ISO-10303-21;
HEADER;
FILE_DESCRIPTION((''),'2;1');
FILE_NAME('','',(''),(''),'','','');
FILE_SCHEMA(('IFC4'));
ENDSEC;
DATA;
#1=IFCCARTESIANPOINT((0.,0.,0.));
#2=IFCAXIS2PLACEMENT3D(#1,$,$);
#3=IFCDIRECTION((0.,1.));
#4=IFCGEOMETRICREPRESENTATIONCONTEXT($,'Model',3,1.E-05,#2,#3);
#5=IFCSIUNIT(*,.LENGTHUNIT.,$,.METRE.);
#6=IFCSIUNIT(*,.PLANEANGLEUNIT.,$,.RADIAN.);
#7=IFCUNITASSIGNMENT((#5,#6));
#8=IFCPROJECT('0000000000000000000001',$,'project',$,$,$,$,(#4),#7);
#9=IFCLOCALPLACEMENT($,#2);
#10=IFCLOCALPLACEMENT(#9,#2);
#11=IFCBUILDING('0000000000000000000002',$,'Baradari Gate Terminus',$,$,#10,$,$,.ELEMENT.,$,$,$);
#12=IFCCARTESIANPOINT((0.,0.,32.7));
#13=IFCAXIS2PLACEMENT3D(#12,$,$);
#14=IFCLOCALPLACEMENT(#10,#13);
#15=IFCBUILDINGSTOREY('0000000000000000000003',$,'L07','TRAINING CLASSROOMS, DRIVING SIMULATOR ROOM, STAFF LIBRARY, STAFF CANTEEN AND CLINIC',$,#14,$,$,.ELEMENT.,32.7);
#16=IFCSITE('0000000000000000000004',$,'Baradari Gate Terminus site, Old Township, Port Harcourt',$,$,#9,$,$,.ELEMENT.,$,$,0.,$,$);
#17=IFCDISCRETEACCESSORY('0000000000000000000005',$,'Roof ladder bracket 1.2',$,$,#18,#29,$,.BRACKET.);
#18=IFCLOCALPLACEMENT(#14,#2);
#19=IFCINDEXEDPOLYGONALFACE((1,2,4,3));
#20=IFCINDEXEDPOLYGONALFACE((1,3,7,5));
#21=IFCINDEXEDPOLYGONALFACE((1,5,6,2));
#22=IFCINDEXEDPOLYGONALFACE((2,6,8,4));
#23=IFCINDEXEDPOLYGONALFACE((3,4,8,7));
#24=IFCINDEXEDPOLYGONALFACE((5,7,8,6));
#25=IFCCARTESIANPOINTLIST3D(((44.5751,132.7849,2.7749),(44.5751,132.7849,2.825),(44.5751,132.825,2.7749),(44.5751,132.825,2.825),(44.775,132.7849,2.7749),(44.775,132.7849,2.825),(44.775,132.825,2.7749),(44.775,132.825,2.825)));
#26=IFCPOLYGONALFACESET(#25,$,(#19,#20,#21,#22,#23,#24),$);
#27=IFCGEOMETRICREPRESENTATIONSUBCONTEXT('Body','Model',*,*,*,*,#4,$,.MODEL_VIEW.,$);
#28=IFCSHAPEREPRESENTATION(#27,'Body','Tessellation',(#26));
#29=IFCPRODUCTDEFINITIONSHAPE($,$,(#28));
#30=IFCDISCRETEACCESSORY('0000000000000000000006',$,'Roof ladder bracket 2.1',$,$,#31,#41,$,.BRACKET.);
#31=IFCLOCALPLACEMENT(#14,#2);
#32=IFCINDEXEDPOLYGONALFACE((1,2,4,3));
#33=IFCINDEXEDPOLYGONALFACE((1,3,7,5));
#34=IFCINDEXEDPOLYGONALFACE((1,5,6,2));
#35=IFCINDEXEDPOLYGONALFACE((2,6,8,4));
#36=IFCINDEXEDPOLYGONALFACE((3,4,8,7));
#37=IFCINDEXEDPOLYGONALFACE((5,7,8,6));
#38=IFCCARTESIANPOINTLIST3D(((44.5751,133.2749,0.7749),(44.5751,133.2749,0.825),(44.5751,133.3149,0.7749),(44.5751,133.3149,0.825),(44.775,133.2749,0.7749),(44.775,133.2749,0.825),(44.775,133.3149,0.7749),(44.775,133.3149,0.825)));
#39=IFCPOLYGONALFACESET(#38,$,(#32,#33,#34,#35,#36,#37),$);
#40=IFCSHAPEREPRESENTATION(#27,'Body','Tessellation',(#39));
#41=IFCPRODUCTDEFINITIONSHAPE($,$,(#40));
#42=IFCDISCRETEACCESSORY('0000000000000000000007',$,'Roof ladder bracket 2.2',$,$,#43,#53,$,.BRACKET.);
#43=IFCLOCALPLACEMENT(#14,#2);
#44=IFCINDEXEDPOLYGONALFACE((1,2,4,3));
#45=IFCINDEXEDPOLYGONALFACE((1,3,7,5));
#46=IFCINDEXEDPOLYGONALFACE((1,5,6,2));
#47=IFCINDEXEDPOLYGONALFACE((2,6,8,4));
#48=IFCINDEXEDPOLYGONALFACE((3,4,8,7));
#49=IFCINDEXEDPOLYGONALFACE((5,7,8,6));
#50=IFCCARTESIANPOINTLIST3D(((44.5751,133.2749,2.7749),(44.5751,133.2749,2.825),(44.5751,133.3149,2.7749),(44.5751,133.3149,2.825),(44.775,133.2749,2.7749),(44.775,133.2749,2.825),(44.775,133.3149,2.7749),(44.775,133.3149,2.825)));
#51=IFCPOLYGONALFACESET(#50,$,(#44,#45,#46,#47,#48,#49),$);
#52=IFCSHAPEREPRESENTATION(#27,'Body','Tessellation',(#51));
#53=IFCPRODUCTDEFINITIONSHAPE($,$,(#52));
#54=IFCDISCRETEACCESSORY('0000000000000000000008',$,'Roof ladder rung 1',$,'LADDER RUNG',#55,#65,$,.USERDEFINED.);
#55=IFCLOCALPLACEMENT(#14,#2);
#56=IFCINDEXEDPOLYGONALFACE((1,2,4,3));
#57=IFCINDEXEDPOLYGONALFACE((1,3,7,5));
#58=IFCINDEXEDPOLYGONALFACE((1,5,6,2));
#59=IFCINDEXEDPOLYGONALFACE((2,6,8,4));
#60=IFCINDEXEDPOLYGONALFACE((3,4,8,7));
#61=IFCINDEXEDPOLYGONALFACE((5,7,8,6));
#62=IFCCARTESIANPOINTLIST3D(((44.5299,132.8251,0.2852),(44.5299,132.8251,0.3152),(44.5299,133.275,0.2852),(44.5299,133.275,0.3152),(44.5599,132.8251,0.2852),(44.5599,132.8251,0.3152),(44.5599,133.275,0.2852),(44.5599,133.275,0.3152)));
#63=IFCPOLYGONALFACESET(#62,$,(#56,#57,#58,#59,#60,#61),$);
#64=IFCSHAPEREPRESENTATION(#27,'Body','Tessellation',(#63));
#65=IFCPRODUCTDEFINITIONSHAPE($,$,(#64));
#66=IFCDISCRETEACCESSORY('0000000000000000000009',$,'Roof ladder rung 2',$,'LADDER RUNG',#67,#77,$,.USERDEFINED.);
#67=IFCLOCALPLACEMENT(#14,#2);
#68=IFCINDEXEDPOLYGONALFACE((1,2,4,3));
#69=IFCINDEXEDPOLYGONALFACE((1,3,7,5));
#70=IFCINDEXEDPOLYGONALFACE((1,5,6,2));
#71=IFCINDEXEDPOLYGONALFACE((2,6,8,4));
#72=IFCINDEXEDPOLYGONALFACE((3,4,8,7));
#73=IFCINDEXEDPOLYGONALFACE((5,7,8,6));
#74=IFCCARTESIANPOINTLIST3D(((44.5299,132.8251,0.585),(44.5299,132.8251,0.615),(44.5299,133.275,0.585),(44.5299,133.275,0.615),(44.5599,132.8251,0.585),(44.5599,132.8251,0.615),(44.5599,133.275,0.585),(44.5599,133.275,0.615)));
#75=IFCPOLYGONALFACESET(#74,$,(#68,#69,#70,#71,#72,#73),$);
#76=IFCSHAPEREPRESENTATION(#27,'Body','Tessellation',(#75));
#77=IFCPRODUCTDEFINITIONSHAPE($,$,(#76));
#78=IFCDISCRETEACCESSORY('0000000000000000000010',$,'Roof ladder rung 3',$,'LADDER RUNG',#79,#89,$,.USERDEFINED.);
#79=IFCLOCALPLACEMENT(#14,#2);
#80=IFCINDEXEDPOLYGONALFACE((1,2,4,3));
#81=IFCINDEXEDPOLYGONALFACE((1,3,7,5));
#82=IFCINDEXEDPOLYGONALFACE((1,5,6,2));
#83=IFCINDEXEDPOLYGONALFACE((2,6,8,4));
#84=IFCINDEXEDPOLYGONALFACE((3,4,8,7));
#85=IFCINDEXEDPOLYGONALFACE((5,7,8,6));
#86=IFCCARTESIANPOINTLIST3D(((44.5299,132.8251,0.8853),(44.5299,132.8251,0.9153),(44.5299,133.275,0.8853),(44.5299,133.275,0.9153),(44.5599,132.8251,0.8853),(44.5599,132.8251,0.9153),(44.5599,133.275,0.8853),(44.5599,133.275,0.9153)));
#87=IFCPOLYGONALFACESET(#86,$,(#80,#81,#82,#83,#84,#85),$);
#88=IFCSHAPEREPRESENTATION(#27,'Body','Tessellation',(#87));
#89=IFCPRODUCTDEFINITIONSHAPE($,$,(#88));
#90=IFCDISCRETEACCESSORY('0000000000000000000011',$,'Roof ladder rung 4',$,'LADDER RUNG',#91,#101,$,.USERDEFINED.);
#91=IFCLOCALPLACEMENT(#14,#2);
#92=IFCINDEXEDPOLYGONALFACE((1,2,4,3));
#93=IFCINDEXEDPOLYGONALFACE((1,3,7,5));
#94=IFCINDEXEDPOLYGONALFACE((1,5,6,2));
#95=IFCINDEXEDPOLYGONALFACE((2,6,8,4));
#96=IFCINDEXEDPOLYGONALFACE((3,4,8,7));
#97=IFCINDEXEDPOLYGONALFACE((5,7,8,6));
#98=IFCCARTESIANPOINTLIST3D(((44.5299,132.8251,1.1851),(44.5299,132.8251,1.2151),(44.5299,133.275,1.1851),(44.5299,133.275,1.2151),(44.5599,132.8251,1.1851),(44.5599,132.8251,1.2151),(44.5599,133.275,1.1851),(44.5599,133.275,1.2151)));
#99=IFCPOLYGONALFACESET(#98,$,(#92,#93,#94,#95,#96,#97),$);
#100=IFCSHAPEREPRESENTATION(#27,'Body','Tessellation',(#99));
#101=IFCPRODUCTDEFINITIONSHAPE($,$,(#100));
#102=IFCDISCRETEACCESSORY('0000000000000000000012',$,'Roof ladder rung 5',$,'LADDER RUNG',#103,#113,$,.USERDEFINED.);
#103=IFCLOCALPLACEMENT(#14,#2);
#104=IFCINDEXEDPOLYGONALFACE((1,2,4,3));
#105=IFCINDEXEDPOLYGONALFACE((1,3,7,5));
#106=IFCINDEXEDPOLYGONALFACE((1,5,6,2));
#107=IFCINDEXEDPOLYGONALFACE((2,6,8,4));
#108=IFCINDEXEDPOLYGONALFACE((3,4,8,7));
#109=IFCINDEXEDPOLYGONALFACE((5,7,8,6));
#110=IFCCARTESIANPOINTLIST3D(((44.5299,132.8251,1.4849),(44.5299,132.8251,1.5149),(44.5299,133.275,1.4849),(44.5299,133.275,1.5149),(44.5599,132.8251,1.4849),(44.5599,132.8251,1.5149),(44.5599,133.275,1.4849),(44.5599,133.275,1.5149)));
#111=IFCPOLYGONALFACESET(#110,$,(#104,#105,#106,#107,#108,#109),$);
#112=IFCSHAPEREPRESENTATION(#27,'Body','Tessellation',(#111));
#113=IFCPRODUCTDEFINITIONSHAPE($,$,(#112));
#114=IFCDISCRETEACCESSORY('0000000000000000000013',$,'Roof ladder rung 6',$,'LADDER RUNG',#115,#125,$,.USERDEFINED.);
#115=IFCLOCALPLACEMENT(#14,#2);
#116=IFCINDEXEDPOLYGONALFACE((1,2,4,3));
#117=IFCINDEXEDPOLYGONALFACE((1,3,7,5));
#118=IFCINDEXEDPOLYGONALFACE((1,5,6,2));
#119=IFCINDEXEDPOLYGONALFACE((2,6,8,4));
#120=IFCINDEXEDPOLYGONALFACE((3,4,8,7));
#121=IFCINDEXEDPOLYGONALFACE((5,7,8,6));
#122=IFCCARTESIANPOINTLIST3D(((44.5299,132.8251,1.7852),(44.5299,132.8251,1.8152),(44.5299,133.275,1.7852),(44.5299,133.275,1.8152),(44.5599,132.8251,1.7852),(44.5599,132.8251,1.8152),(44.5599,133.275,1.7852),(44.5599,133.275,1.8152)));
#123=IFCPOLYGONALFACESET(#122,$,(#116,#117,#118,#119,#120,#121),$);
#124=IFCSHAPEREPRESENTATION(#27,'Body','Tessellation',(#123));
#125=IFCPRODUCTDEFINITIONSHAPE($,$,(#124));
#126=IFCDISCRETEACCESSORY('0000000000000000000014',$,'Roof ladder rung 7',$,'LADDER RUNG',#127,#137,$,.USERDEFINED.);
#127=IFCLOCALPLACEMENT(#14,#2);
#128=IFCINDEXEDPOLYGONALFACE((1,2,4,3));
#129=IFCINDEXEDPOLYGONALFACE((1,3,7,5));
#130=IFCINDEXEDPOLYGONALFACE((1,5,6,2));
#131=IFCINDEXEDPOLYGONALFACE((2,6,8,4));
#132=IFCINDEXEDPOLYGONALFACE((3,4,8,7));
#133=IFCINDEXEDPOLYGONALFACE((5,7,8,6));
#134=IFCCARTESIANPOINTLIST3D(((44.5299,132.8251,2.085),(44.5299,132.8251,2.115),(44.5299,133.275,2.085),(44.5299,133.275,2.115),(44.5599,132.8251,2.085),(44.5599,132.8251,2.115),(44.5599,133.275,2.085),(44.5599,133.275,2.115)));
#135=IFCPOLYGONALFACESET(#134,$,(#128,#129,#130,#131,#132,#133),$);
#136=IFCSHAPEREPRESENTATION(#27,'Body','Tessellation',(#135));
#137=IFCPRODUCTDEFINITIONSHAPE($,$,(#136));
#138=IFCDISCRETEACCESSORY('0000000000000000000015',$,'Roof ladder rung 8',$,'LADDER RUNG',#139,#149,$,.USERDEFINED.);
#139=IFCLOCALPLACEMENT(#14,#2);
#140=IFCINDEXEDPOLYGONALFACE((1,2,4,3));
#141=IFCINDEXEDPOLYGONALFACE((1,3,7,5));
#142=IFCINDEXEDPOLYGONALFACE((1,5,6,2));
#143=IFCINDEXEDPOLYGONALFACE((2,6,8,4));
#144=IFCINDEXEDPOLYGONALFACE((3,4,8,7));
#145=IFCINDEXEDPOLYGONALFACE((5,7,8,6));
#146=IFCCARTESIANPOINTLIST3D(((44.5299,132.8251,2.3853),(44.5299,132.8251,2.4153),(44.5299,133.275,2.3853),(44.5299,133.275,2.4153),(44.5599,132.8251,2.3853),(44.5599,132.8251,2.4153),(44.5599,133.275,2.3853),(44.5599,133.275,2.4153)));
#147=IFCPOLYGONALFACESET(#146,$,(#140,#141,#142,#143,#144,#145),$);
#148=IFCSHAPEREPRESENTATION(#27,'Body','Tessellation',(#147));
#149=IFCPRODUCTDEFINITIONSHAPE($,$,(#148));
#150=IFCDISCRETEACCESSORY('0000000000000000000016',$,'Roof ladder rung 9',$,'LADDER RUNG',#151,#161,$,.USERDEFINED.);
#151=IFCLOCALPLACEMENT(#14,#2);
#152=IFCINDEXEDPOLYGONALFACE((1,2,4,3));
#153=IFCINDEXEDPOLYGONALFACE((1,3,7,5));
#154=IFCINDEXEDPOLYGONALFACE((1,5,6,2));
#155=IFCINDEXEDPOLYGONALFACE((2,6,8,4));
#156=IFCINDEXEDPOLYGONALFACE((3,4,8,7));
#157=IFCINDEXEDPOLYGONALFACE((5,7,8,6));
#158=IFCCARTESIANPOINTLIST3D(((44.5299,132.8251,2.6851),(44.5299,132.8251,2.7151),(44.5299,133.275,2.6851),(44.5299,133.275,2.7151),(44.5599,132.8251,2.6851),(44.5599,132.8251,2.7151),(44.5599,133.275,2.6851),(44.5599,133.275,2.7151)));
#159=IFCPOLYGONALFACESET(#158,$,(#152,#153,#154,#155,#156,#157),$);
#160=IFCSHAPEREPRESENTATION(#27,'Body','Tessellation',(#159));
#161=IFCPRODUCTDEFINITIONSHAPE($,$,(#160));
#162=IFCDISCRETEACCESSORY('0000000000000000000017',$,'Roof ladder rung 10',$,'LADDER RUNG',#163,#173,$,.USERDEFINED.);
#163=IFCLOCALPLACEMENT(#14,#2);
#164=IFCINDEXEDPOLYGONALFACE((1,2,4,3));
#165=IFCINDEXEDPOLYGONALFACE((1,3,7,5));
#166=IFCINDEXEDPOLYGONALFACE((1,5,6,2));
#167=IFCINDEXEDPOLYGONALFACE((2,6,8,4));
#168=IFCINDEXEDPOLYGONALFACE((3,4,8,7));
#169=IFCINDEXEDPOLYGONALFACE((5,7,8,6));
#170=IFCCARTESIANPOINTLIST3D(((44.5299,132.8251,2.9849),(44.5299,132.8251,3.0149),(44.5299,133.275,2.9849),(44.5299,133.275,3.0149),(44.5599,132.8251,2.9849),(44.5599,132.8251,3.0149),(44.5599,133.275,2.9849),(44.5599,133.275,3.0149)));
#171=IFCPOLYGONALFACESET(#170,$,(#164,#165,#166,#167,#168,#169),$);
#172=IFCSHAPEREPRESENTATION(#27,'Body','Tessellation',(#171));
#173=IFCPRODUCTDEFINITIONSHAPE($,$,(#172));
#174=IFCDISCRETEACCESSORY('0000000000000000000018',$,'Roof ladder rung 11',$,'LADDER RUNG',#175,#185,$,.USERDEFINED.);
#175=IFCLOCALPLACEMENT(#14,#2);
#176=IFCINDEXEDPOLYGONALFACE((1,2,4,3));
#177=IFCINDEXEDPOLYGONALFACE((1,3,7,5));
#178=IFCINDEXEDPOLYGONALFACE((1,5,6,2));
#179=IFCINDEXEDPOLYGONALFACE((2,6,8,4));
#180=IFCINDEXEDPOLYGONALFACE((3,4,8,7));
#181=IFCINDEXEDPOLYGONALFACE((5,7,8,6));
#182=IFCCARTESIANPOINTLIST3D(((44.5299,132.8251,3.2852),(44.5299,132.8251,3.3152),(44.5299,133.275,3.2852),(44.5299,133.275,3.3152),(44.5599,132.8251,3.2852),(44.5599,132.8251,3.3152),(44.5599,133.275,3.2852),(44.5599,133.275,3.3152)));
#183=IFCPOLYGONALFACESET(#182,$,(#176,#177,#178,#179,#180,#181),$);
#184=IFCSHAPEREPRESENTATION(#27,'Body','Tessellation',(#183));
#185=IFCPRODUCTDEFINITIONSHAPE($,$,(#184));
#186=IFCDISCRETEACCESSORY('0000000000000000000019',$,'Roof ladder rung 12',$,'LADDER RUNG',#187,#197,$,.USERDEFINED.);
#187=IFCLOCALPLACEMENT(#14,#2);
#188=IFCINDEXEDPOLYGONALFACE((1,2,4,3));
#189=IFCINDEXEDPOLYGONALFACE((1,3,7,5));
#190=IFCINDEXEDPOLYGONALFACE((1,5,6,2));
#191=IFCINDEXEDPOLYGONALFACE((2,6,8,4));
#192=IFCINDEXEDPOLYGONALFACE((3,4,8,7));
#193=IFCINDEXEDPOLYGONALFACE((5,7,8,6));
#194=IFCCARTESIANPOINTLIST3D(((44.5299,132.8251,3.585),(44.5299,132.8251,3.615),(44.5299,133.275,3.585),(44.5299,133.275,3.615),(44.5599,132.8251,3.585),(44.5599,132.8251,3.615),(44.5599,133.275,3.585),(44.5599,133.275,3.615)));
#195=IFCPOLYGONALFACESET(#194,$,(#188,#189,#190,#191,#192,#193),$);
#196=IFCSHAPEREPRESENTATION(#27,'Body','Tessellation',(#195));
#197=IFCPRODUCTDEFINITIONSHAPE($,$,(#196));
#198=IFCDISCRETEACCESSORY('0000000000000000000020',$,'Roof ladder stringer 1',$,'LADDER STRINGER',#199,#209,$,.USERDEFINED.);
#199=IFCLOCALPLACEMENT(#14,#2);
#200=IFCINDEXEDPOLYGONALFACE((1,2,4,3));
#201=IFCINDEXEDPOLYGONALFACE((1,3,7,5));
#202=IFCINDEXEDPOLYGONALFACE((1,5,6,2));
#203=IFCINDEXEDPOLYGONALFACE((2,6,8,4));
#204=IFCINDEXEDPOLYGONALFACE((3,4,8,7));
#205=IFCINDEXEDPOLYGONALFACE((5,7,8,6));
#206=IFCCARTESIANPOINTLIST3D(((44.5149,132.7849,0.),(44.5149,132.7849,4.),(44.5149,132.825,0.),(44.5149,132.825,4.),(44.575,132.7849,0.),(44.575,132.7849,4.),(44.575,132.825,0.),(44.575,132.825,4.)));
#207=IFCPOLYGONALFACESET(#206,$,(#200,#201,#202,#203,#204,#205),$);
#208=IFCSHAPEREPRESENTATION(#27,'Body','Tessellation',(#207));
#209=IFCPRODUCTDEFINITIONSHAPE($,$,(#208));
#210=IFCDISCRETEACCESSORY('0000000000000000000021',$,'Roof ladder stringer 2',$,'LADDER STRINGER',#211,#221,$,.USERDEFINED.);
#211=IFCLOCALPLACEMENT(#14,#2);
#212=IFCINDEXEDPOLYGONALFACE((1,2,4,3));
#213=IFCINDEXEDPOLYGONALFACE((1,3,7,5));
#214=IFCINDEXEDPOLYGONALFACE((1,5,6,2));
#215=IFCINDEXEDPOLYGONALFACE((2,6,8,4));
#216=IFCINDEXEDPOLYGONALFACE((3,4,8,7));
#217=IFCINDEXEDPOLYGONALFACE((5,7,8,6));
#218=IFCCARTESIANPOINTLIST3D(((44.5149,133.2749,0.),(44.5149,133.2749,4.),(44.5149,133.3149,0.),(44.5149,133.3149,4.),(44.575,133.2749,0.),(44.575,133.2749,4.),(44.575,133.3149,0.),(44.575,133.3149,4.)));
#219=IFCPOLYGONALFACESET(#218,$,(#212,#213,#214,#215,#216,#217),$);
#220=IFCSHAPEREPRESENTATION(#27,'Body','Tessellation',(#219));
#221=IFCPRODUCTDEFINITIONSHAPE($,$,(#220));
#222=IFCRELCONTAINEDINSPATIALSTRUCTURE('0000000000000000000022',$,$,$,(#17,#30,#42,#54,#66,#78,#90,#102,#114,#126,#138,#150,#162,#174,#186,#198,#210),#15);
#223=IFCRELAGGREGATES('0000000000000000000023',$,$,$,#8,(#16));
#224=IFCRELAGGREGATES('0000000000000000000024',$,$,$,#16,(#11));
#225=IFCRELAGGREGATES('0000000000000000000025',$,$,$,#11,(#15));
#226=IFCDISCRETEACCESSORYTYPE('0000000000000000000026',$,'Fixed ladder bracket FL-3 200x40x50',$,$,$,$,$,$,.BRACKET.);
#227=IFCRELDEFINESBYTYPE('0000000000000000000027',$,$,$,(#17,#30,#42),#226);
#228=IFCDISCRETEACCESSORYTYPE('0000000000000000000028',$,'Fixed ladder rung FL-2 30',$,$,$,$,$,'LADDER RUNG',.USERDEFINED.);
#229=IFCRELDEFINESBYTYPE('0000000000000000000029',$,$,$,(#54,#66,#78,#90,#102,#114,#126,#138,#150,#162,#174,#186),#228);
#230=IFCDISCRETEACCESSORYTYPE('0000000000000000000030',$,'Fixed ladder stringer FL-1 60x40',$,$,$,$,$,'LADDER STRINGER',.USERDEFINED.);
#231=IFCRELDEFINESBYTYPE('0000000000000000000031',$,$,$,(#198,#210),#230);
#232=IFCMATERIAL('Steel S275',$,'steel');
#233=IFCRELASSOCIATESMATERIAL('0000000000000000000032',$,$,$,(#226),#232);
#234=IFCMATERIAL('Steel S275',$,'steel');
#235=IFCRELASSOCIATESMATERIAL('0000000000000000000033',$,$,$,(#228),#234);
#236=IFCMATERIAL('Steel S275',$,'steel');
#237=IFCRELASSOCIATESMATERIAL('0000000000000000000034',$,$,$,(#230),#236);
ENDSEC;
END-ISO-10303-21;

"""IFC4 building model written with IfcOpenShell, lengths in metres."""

from ifc_helpers import new_model, si_unit, direction, frame, origin, origin_2d, place, context, subcontext, project, spatial, rectangle, extrude, material, type_object, element, save


model = new_model("IFC4")

# Units and contexts
model_context = context("Model", 3, precision=1e-05, world=origin(), true_north=direction((0.0, 1.0)))
body_context = subcontext(model_context, "Body", "Model", "MODEL_VIEW")
ifc_project = project(units=[si_unit("LENGTHUNIT", "METRE"), si_unit("PLANEANGLEUNIT", "RADIAN")], contexts=[model_context])

# Site, building, storey
site_placement = place(None, origin())
site = spatial("IfcSite", under=ifc_project, at=site_placement, Name="Baradari Gate Terminus site, Old Township, Port Harcourt", CompositionType="ELEMENT", RefElevation=0.0)
building_placement = place(site_placement, origin())
building = spatial("IfcBuilding", under=site, at=building_placement, Name="Baradari Gate Terminus", CompositionType="ELEMENT")
storey_placement = place(building_placement, frame((0.0, 0.0, 32.7)))
storey = spatial("IfcBuildingStorey", under=building, at=storey_placement, Name="L07", Description="TRAINING CLASSROOMS, DRIVING SIMULATOR ROOM, STAFF LIBRARY, STAFF CANTEEN AND CLINIC", CompositionType="ELEMENT", Elevation=32.7)

# Discrete accessories
ifc_material_1 = material(Name="Steel S275", Category="steel")
discrete_accessory_type_1 = type_object("IfcDiscreteAccessoryType", Name="Fixed ladder bracket FL-3 200x40x50", PredefinedType="BRACKET", material=ifc_material_1)
for number, where, z_axis, x_axis, name in (
    (1, (44.675, 132.8049, 2.7749), (0.0, 0.0, 1.0), (1.0, 0.0, 0.0), "Roof ladder bracket 1.2"),
    (2, (44.675, 133.2949, 0.7749), (0.0, 0.0, 1.0), (1.0, 0.0, 0.0), "Roof ladder bracket 2.1"),
    (3, (44.675, 133.2949, 2.7749), (0.0, 0.0, 1.0), (1.0, 0.0, 0.0), "Roof ladder bracket 2.2"),
):
    element("IfcDiscreteAccessory", number, at=place(storey_placement, frame(where, z_axis=z_axis, x_axis=x_axis)), inside=storey, type_object=discrete_accessory_type_1, Name=name, PredefinedType="BRACKET", context=body_context, shape_type="SweptSolid", body=[
        extrude(rectangle(XDim=0.2, YDim=0.04, at=origin_2d()), origin(), (0.0, 0.0, 1.0), 0.05),
    ])
ifc_material_2 = material(Name="Steel S275", Category="steel")
discrete_accessory_type_2 = type_object("IfcDiscreteAccessoryType", Name="Fixed ladder rung FL-2 30", ElementType="LADDER RUNG", PredefinedType="USERDEFINED", material=ifc_material_2)
for number, where, z_axis, x_axis, name in (
    (4, (44.5449, 133.05, 0.2852), (0.0, 0.0, 1.0), (1.0, 0.0, 0.0), "Roof ladder rung 1"),
    (5, (44.5449, 133.05, 0.585), (0.0, 0.0, 1.0), (1.0, 0.0, 0.0), "Roof ladder rung 2"),
    (6, (44.5449, 133.05, 0.8853), (0.0, 0.0, 1.0), (1.0, 0.0, 0.0), "Roof ladder rung 3"),
    (7, (44.5449, 133.05, 1.1851), (0.0, 0.0, 1.0), (1.0, 0.0, 0.0), "Roof ladder rung 4"),
    (8, (44.5449, 133.05, 1.4849), (0.0, 0.0, 1.0), (1.0, 0.0, 0.0), "Roof ladder rung 5"),
    (9, (44.5449, 133.05, 1.7852), (0.0, 0.0, 1.0), (1.0, 0.0, 0.0), "Roof ladder rung 6"),
    (10, (44.5449, 133.05, 2.085), (0.0, 0.0, 1.0), (1.0, 0.0, 0.0), "Roof ladder rung 7"),
    (11, (44.5449, 133.05, 2.3853), (0.0, 0.0, 1.0), (1.0, 0.0, 0.0), "Roof ladder rung 8"),
    (12, (44.5449, 133.05, 2.6851), (0.0, 0.0, 1.0), (1.0, 0.0, 0.0), "Roof ladder rung 9"),
    (13, (44.5449, 133.05, 2.9849), (0.0, 0.0, 1.0), (1.0, 0.0, 0.0), "Roof ladder rung 10"),
    (14, (44.5449, 133.05, 3.2852), (0.0, 0.0, 1.0), (1.0, 0.0, 0.0), "Roof ladder rung 11"),
    (15, (44.5449, 133.05, 3.585), (0.0, 0.0, 1.0), (1.0, 0.0, 0.0), "Roof ladder rung 12"),
):
    element("IfcDiscreteAccessory", number, at=place(storey_placement, frame(where, z_axis=z_axis, x_axis=x_axis)), inside=storey, type_object=discrete_accessory_type_2, Name=name, ObjectType="LADDER RUNG", PredefinedType="USERDEFINED", context=body_context, shape_type="SweptSolid", body=[
        extrude(rectangle(XDim=0.03, YDim=0.45, at=origin_2d()), origin(), (0.0, 0.0, 1.0), 0.03),
    ])
ifc_material_3 = material(Name="Steel S275", Category="steel")
discrete_accessory_type_3 = type_object("IfcDiscreteAccessoryType", Name="Fixed ladder stringer FL-1 60x40", ElementType="LADDER STRINGER", PredefinedType="USERDEFINED", material=ifc_material_3)
for number, where, z_axis, x_axis, name in (
    (16, (44.5449, 132.8049, 0.0), (0.0, 0.0, 1.0), (1.0, 0.0, 0.0), "Roof ladder stringer 1"),
    (17, (44.5449, 133.2949, 0.0), (0.0, 0.0, 1.0), (1.0, 0.0, 0.0), "Roof ladder stringer 2"),
):
    element("IfcDiscreteAccessory", number, at=place(storey_placement, frame(where, z_axis=z_axis, x_axis=x_axis)), inside=storey, type_object=discrete_accessory_type_3, Name=name, ObjectType="LADDER STRINGER", PredefinedType="USERDEFINED", context=body_context, shape_type="SweptSolid", body=[
        extrude(rectangle(XDim=0.0601, YDim=0.04, at=origin_2d()), origin(), (0.0, 0.0, 1.0), 4.0),
    ])

save(model, "model.ifc")
